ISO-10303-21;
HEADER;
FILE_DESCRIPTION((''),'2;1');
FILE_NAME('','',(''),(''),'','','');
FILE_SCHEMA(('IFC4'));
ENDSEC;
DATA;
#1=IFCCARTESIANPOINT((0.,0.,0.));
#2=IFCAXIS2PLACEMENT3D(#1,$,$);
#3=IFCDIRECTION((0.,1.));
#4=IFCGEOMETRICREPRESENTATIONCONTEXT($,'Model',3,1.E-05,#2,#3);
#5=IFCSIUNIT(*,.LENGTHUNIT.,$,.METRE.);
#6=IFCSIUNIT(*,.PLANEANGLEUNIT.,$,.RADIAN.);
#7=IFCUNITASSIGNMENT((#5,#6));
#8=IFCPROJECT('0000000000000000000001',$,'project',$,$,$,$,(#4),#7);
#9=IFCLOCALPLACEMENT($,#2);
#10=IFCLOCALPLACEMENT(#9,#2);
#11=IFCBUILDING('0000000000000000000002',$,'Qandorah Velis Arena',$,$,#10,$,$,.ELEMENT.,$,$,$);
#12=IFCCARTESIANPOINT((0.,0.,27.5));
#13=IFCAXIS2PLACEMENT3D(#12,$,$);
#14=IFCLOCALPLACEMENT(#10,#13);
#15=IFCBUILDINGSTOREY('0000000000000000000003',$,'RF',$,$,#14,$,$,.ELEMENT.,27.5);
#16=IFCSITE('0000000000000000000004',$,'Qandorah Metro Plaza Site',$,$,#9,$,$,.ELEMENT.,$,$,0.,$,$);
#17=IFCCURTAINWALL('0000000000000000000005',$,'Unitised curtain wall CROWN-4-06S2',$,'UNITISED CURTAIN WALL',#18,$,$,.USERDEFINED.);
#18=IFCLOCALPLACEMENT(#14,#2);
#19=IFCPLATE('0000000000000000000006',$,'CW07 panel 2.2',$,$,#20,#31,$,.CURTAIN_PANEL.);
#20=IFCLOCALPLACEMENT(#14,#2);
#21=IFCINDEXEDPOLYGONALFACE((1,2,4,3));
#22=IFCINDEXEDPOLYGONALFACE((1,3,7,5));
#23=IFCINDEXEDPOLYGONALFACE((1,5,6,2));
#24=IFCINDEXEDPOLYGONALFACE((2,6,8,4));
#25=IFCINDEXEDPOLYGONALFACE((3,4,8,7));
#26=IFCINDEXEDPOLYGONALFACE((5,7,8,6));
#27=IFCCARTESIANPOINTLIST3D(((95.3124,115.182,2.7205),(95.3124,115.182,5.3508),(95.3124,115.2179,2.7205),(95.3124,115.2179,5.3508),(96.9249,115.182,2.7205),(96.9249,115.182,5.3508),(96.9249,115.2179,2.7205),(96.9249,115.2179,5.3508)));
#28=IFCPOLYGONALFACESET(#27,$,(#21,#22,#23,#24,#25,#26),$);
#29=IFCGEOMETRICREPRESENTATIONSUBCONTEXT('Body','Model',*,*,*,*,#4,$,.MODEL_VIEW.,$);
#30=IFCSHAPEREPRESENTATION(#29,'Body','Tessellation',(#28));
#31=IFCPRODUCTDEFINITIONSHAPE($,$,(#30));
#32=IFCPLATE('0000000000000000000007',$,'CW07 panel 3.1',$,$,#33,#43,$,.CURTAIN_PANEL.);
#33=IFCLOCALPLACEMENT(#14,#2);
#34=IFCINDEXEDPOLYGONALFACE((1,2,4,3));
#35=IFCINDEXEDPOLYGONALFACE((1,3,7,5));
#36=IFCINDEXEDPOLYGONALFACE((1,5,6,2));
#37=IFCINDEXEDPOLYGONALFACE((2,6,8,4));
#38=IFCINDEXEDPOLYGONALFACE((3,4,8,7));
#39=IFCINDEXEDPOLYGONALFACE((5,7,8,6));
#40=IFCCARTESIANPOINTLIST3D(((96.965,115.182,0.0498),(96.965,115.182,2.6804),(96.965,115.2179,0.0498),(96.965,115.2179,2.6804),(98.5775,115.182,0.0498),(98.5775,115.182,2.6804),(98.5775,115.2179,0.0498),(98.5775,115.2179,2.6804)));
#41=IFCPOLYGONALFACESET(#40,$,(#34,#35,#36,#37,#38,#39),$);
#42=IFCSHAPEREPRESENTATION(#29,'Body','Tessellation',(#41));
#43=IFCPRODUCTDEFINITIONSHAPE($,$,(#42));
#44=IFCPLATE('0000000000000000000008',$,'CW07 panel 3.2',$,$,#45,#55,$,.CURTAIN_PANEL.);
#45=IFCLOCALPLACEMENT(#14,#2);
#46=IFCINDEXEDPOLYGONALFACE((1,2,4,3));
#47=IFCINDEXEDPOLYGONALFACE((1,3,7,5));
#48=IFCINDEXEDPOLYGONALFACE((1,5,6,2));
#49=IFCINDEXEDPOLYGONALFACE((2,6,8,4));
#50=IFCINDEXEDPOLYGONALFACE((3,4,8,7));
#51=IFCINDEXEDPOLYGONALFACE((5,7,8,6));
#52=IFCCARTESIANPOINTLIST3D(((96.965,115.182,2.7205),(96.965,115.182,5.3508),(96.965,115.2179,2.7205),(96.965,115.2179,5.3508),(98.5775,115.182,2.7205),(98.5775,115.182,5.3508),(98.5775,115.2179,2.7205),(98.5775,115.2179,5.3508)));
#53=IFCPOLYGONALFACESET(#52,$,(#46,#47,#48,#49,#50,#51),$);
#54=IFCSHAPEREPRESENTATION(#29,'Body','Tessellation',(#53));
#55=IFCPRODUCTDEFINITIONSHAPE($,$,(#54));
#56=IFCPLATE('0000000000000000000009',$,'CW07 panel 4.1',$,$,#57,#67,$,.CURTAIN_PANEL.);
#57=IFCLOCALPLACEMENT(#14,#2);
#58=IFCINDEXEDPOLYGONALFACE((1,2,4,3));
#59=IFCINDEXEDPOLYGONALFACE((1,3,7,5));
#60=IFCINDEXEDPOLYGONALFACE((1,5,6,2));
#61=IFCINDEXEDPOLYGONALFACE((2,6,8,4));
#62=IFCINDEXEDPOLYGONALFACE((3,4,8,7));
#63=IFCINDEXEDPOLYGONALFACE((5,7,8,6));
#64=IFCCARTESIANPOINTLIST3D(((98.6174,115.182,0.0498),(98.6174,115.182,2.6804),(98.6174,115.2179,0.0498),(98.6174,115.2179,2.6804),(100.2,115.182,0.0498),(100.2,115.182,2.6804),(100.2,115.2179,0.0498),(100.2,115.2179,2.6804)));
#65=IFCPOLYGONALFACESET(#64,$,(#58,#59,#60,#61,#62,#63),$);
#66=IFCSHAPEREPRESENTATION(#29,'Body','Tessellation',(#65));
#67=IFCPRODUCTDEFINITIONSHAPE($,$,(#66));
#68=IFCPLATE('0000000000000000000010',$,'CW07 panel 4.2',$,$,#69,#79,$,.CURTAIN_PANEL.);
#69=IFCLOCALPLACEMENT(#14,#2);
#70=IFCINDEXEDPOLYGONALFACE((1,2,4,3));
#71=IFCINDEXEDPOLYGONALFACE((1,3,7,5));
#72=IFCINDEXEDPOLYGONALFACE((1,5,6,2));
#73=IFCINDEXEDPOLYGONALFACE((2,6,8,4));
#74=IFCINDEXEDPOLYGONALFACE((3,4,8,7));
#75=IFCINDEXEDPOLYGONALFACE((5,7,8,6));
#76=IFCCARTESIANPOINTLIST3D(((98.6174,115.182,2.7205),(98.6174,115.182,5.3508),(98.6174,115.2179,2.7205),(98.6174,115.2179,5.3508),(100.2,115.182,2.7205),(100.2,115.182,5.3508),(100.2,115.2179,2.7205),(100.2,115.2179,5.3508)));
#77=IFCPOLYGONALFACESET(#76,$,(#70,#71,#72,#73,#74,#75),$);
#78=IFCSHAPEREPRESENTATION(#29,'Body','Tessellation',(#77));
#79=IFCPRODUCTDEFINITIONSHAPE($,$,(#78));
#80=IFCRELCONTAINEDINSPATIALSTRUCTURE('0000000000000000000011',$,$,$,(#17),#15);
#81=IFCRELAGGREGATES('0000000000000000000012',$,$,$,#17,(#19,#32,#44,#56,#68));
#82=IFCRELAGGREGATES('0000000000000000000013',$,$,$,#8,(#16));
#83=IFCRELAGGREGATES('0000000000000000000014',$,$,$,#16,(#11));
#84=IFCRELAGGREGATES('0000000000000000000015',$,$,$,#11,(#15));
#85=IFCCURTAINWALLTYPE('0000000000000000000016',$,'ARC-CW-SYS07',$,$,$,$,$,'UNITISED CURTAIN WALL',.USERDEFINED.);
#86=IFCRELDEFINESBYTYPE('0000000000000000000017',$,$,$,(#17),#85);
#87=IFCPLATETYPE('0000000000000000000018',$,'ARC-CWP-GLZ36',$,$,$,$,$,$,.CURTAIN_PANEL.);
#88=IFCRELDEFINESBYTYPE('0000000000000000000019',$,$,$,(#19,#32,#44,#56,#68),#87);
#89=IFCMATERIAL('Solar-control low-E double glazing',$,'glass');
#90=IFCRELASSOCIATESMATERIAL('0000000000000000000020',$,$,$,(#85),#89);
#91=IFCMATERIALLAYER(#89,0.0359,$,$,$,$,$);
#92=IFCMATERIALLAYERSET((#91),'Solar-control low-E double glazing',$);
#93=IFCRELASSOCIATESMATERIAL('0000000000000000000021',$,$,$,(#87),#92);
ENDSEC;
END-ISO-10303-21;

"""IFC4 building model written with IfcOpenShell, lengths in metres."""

from ifc_helpers import new_model, si_unit, direction, frame, origin, origin_2d, place, context, subcontext, project, spatial, rectangle, extrude, material, layer, layer_set, type_object, element, aggregate, save


model = new_model("IFC4")

# Units and contexts
model_context = context("Model", 3, precision=1e-05, world=origin(), true_north=direction((0.0, 1.0)))
body_context = subcontext(model_context, "Body", "Model", "MODEL_VIEW")
ifc_project = project(units=[si_unit("LENGTHUNIT", "METRE"), si_unit("PLANEANGLEUNIT", "RADIAN")], contexts=[model_context])

# Site, building, storey
site_placement = place(None, origin())
site = spatial("IfcSite", under=ifc_project, at=site_placement, Name="Qandorah Metro Plaza Site", CompositionType="ELEMENT", RefElevation=0.0)
building_placement = place(site_placement, origin())
building = spatial("IfcBuilding", under=site, at=building_placement, Name="Qandorah Velis Arena", CompositionType="ELEMENT")
storey_placement = place(building_placement, frame((0.0, 0.0, 27.5)))
storey = spatial("IfcBuildingStorey", under=building, at=storey_placement, Name="RF", CompositionType="ELEMENT", Elevation=27.5)

# Shared definitions
ifc_material_1 = material(Name="Solar-control low-E double glazing", Category="glass")

# Curtain wall
curtain_wall_type_1 = type_object("IfcCurtainWallType", Name="ARC-CW-SYS07", ElementType="UNITISED CURTAIN WALL", PredefinedType="USERDEFINED", material=ifc_material_1)
curtain_wall_1_placement = place(storey_placement, origin())
curtain_wall_1 = element("IfcCurtainWall", 1, at=curtain_wall_1_placement, inside=storey, type_object=curtain_wall_type_1, Name="Unitised curtain wall CROWN-4-06S2", ObjectType="UNITISED CURTAIN WALL", PredefinedType="USERDEFINED")

# Plates
ifc_layer_1 = layer(ifc_material_1, 0.0359)
ifc_layer_set_1 = layer_set([ifc_layer_1], Name="Solar-control low-E double glazing")
plate_type_1 = type_object("IfcPlateType", Name="ARC-CWP-GLZ36", PredefinedType="CURTAIN_PANEL", material=ifc_layer_set_1)
plate_1_placement = place(storey_placement, frame((96.1187, 115.2, 2.7205), z_axis=(0.0, 0.0, 1.0), x_axis=(1.0, 0.0, 0.0)))
plate_1 = element("IfcPlate", 2, at=plate_1_placement, type_object=plate_type_1, Name="CW07 panel 2.2", PredefinedType="CURTAIN_PANEL", context=body_context, shape_type="SweptSolid", body=[
    extrude(rectangle(XDim=1.6125, YDim=0.0359, at=origin_2d()), origin(), (0.0, 0.0, 1.0), 2.6304),
])
plate_2_placement = place(storey_placement, frame((97.7712, 115.2, 0.0498), z_axis=(0.0, 0.0, 1.0), x_axis=(1.0, 0.0, 0.0)))
plate_2 = element("IfcPlate", 3, at=plate_2_placement, type_object=plate_type_1, Name="CW07 panel 3.1", PredefinedType="CURTAIN_PANEL", context=body_context, shape_type="SweptSolid", body=[
    extrude(rectangle(XDim=1.6125, YDim=0.0359, at=origin_2d()), origin(), (0.0, 0.0, 1.0), 2.6306),
])
plate_3_placement = place(storey_placement, frame((97.7712, 115.2, 2.7205), z_axis=(0.0, 0.0, 1.0), x_axis=(1.0, 0.0, 0.0)))
plate_3 = element("IfcPlate", 4, at=plate_3_placement, type_object=plate_type_1, Name="CW07 panel 3.2", PredefinedType="CURTAIN_PANEL", context=body_context, shape_type="SweptSolid", body=[
    extrude(rectangle(XDim=1.6125, YDim=0.0359, at=origin_2d()), origin(), (0.0, 0.0, 1.0), 2.6304),
])
plate_4_placement = place(storey_placement, frame((99.4087, 115.2, 0.0498), z_axis=(0.0, 0.0, 1.0), x_axis=(1.0, 0.0, 0.0)))
plate_4 = element("IfcPlate", 5, at=plate_4_placement, type_object=plate_type_1, Name="CW07 panel 4.1", PredefinedType="CURTAIN_PANEL", context=body_context, shape_type="SweptSolid", body=[
    extrude(rectangle(XDim=1.5825, YDim=0.0359, at=origin_2d()), origin(), (0.0, 0.0, 1.0), 2.6306),
])
plate_5_placement = place(storey_placement, frame((99.4087, 115.2, 2.7205), z_axis=(0.0, 0.0, 1.0), x_axis=(1.0, 0.0, 0.0)))
plate_5 = element("IfcPlate", 6, at=plate_5_placement, type_object=plate_type_1, Name="CW07 panel 4.2", PredefinedType="CURTAIN_PANEL", context=body_context, shape_type="SweptSolid", body=[
    extrude(rectangle(XDim=1.5825, YDim=0.0359, at=origin_2d()), origin(), (0.0, 0.0, 1.0), 2.6304),
])
aggregate(curtain_wall_1, [plate_1, plate_2, plate_3, plate_4, plate_5])

save(model, "model.ifc")
